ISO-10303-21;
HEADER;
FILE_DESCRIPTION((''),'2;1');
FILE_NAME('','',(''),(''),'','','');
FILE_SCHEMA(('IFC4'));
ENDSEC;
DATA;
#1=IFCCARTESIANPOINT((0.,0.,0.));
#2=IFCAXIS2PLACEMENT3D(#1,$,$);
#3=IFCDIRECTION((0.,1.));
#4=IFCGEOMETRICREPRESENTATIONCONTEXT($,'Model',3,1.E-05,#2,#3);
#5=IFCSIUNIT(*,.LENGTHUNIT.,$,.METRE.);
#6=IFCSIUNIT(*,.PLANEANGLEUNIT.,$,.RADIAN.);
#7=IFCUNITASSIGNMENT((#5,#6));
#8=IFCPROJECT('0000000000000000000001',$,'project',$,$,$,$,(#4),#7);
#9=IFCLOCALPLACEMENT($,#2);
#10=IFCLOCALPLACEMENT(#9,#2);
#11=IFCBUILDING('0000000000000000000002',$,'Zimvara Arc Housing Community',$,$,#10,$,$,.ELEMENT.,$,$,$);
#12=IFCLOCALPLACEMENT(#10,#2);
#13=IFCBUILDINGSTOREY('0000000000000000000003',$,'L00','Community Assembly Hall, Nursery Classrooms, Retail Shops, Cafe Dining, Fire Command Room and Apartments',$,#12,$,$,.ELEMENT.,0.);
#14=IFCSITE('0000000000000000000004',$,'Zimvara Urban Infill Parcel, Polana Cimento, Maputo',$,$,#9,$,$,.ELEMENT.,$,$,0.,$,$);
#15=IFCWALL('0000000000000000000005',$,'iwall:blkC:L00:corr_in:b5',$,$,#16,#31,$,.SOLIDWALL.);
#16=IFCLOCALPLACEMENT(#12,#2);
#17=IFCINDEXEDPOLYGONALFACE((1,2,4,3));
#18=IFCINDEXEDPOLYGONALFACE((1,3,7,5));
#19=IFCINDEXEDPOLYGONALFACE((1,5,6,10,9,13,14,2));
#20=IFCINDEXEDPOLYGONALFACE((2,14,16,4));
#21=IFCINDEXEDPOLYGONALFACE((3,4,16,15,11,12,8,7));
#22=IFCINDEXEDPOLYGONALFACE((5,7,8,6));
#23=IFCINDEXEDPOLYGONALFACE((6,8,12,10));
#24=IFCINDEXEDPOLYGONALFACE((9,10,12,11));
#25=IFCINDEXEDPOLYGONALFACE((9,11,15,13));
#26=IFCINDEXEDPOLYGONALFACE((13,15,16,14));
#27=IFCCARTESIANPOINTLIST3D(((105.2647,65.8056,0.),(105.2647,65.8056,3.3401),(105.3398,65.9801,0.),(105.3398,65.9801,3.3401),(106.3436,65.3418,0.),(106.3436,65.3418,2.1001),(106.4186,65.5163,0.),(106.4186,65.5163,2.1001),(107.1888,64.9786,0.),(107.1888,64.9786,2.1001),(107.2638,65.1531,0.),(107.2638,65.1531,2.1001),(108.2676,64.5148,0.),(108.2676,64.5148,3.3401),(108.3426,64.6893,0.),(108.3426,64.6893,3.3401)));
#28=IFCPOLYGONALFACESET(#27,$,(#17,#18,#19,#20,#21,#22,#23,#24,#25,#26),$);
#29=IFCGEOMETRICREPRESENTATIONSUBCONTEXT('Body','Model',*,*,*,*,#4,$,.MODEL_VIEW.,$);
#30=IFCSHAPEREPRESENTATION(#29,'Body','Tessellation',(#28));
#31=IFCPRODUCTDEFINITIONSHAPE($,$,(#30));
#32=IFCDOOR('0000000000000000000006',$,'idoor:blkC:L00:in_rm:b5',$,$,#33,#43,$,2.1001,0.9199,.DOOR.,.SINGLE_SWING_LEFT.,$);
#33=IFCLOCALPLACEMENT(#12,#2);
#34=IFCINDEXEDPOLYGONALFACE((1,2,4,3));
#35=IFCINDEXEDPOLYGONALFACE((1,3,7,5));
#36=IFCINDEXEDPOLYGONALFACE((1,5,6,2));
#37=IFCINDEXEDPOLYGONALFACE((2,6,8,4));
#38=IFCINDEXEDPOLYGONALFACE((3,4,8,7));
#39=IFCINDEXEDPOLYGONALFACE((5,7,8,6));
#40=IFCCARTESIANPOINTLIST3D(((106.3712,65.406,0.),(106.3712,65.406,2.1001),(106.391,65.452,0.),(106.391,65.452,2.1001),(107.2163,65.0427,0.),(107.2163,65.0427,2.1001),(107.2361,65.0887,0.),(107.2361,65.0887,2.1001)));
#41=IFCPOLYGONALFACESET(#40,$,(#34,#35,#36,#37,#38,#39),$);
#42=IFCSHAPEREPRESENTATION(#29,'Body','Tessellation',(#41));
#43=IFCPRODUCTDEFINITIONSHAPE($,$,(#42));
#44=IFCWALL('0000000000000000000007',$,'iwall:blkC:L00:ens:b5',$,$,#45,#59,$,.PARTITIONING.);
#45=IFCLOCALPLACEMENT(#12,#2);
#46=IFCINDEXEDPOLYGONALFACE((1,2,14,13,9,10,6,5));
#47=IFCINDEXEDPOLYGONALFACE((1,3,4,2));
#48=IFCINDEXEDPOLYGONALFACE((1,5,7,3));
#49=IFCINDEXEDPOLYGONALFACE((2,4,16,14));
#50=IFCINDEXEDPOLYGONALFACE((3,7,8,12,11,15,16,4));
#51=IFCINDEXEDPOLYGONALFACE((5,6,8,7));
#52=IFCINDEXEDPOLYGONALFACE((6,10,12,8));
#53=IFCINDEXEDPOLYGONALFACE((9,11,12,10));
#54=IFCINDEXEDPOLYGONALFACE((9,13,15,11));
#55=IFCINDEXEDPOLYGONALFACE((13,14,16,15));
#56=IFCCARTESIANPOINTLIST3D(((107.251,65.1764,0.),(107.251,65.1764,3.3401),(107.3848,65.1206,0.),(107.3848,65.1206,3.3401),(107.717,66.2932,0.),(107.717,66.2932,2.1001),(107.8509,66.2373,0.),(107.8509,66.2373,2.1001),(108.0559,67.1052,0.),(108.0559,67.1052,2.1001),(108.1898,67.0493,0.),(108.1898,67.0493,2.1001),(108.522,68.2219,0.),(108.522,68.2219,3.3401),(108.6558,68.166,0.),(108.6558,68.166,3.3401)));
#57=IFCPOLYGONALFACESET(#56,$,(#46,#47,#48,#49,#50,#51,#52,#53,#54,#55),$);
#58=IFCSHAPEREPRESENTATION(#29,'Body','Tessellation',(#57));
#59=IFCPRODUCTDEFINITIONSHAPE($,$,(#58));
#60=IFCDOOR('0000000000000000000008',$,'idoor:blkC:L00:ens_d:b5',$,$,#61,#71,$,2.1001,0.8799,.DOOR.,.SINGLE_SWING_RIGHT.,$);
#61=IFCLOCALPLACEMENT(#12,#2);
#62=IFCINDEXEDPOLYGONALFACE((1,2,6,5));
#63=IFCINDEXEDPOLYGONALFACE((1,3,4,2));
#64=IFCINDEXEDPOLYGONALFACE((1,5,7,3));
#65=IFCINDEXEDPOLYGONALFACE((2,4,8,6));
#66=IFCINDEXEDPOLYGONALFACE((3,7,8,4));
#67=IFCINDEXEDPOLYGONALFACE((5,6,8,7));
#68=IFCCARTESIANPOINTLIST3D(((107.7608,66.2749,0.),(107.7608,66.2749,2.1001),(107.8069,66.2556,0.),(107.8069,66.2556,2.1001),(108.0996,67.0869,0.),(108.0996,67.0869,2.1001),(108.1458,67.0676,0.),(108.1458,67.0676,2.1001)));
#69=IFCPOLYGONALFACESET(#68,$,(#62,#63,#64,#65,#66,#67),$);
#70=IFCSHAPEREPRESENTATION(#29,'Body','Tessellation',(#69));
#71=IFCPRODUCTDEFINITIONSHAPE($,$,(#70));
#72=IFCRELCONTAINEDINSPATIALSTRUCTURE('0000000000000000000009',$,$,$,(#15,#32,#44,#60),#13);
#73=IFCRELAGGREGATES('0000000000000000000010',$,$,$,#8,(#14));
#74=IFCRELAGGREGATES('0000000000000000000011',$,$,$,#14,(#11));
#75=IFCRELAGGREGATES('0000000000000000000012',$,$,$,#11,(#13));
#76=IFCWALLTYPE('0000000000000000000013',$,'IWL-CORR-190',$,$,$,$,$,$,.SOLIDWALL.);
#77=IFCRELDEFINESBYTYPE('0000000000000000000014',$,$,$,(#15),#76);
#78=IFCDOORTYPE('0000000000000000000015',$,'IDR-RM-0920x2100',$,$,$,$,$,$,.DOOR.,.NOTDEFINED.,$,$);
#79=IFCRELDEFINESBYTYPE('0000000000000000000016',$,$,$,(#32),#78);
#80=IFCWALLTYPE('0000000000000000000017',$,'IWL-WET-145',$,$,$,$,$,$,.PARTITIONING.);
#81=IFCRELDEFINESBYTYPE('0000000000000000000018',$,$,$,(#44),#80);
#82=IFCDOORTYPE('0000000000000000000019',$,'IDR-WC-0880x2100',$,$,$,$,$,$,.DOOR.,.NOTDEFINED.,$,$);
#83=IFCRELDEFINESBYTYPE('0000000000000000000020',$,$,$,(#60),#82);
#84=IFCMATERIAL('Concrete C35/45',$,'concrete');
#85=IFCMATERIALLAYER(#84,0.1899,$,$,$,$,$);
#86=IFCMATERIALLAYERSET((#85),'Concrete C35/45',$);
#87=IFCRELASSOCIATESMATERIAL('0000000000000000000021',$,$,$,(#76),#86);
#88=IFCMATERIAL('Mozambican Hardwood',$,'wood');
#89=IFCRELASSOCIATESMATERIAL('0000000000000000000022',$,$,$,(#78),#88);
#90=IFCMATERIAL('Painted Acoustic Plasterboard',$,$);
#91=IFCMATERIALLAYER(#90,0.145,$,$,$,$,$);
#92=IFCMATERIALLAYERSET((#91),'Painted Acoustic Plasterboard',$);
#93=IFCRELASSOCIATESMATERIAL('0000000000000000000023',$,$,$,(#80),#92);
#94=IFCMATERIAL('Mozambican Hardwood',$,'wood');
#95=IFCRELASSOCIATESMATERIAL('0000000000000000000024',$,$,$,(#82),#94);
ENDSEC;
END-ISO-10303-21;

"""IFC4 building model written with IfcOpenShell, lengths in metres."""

from ifc_helpers import new_model, si_unit, direction, frame, frame_2d, origin, place, context, subcontext, project, spatial, rectangle, extrude, material, layer, layer_set, type_object, element, fill, save


model = new_model("IFC4")

# Units and contexts
model_context = context("Model", 3, precision=1e-05, world=origin(), true_north=direction((0.0, 1.0)))
body_context = subcontext(model_context, "Body", "Model", "MODEL_VIEW")
ifc_project = project(units=[si_unit("LENGTHUNIT", "METRE"), si_unit("PLANEANGLEUNIT", "RADIAN")], contexts=[model_context])

# Site, building, storey
site_placement = place(None, origin())
site = spatial("IfcSite", under=ifc_project, at=site_placement, Name="Zimvara Urban Infill Parcel, Polana Cimento, Maputo", CompositionType="ELEMENT", RefElevation=0.0)
building_placement = place(site_placement, origin())
building = spatial("IfcBuilding", under=site, at=building_placement, Name="Zimvara Arc Housing Community", CompositionType="ELEMENT")
storey_placement = place(building_placement, origin())
storey = spatial("IfcBuildingStorey", under=building, at=storey_placement, Name="L00", Description="Community Assembly Hall, Nursery Classrooms, Retail Shops, Cafe Dining, Fire Command Room and Apartments", CompositionType="ELEMENT", Elevation=0.0)

# Walls, openings, doors
ifc_material_1 = material(Name="Concrete C35/45", Category="concrete")
ifc_layer_1 = layer(ifc_material_1, 0.1899)
ifc_layer_set_1 = layer_set([ifc_layer_1], Name="Concrete C35/45")
wall_type_1 = type_object("IfcWallType", Name="IWL-CORR-190", PredefinedType="SOLIDWALL", material=ifc_layer_set_1)
wall_1_placement = place(storey_placement, frame((105.3022, 65.8928, 0.0), z_axis=(0.0, 0.0, 1.0), x_axis=(0.918723, -0.394902, 0.0)))
wall_1 = element("IfcWall", 1, at=wall_1_placement, inside=storey, type_object=wall_type_1, Name="iwall:blkC:L00:corr_in:b5", PredefinedType="SOLIDWALL", context=body_context, shape_type="SweptSolid", body=[
    extrude(rectangle(XDim=3.2686, YDim=0.1899, at=frame_2d((1.6343, 0.0))), origin(), (0.0, 0.0, 1.0), 3.3401),
])
opening_1_placement = place(wall_1_placement, frame((1.1743, 0.0, 0.0)))
opening_1 = element("IfcOpeningElement", 2, at=opening_1_placement, cuts=wall_1, PredefinedType="OPENING", context=body_context, shape_type="SweptSolid", body=[
    extrude(rectangle(XDim=0.9199, YDim=2.1001, at=frame_2d((0.46, 1.05))), frame((0.0, 0.105, 0.0), z_axis=(0.0, -1.0, 0.0), x_axis=(1.0, 0.0, 0.0)), (0.0, 0.0, 1.0), 0.21),
])
ifc_material_2 = material(Name="Mozambican Hardwood", Category="wood")
door_type_1 = type_object("IfcDoorType", Name="IDR-RM-0920x2100", OperationType="NOTDEFINED", PredefinedType="DOOR", material=ifc_material_2)
door_1_placement = place(opening_1_placement, origin())
door_1 = element("IfcDoor", 3, at=door_1_placement, inside=storey, type_object=door_type_1, Name="idoor:blkC:L00:in_rm:b5", OperationType="SINGLE_SWING_LEFT", OverallHeight=2.1001, OverallWidth=0.9199, PredefinedType="DOOR", context=body_context, shape_type="SweptSolid", body=[
    extrude(rectangle(XDim=0.9199, YDim=2.1001, at=frame_2d((0.46, 1.05))), frame((0.0, 0.0249, 0.0), z_axis=(0.0, -1.0, 0.0), x_axis=(1.0, 0.0, 0.0)), (0.0, 0.0, 1.0), 0.05),
])
fill(opening_1, door_1)
ifc_material_3 = material(Name="Painted Acoustic Plasterboard")
ifc_layer_2 = layer(ifc_material_3, 0.145)
ifc_layer_set_2 = layer_set([ifc_layer_2], Name="Painted Acoustic Plasterboard")
wall_type_2 = type_object("IfcWallType", Name="IWL-WET-145", PredefinedType="PARTITIONING", material=ifc_layer_set_2)
wall_2_placement = place(storey_placement, frame((108.5889, 68.1938, 0.0), z_axis=(0.0, 0.0, 1.0), x_axis=(-0.385151, -0.922854, 0.0)))
wall_2 = element("IfcWall", 4, at=wall_2_placement, inside=storey, type_object=wall_type_2, Name="iwall:blkC:L00:ens:b5", PredefinedType="PARTITIONING", context=body_context, shape_type="SweptSolid", body=[
    extrude(rectangle(XDim=3.3, YDim=0.145, at=frame_2d((1.6499, 0.0))), origin(), (0.0, 0.0, 1.0), 3.3401),
])
opening_2_placement = place(wall_2_placement, frame((1.21, 0.0, 0.0)))
opening_2 = element("IfcOpeningElement", 5, at=opening_2_placement, cuts=wall_2, PredefinedType="OPENING", context=body_context, shape_type="SweptSolid", body=[
    extrude(rectangle(XDim=0.8799, YDim=2.1001, at=frame_2d((0.4399, 1.05))), frame((0.0, 0.0825, 0.0), z_axis=(0.0, -1.0, 0.0), x_axis=(1.0, 0.0, 0.0)), (0.0, 0.0, 1.0), 0.165),
])
ifc_material_4 = material(Name="Mozambican Hardwood", Category="wood")
door_type_2 = type_object("IfcDoorType", Name="IDR-WC-0880x2100", OperationType="NOTDEFINED", PredefinedType="DOOR", material=ifc_material_4)
door_2_placement = place(opening_2_placement, origin())
door_2 = element("IfcDoor", 6, at=door_2_placement, inside=storey, type_object=door_type_2, Name="idoor:blkC:L00:ens_d:b5", OperationType="SINGLE_SWING_RIGHT", OverallHeight=2.1001, OverallWidth=0.8799, PredefinedType="DOOR", context=body_context, shape_type="SweptSolid", body=[
    extrude(rectangle(XDim=0.8799, YDim=2.1001, at=frame_2d((0.4399, 1.05))), frame((0.0, 0.0249, 0.0), z_axis=(0.0, -1.0, 0.0), x_axis=(1.0, 0.0, 0.0)), (0.0, 0.0, 1.0), 0.05),
])
fill(opening_2, door_2)

save(model, "model.ifc")
